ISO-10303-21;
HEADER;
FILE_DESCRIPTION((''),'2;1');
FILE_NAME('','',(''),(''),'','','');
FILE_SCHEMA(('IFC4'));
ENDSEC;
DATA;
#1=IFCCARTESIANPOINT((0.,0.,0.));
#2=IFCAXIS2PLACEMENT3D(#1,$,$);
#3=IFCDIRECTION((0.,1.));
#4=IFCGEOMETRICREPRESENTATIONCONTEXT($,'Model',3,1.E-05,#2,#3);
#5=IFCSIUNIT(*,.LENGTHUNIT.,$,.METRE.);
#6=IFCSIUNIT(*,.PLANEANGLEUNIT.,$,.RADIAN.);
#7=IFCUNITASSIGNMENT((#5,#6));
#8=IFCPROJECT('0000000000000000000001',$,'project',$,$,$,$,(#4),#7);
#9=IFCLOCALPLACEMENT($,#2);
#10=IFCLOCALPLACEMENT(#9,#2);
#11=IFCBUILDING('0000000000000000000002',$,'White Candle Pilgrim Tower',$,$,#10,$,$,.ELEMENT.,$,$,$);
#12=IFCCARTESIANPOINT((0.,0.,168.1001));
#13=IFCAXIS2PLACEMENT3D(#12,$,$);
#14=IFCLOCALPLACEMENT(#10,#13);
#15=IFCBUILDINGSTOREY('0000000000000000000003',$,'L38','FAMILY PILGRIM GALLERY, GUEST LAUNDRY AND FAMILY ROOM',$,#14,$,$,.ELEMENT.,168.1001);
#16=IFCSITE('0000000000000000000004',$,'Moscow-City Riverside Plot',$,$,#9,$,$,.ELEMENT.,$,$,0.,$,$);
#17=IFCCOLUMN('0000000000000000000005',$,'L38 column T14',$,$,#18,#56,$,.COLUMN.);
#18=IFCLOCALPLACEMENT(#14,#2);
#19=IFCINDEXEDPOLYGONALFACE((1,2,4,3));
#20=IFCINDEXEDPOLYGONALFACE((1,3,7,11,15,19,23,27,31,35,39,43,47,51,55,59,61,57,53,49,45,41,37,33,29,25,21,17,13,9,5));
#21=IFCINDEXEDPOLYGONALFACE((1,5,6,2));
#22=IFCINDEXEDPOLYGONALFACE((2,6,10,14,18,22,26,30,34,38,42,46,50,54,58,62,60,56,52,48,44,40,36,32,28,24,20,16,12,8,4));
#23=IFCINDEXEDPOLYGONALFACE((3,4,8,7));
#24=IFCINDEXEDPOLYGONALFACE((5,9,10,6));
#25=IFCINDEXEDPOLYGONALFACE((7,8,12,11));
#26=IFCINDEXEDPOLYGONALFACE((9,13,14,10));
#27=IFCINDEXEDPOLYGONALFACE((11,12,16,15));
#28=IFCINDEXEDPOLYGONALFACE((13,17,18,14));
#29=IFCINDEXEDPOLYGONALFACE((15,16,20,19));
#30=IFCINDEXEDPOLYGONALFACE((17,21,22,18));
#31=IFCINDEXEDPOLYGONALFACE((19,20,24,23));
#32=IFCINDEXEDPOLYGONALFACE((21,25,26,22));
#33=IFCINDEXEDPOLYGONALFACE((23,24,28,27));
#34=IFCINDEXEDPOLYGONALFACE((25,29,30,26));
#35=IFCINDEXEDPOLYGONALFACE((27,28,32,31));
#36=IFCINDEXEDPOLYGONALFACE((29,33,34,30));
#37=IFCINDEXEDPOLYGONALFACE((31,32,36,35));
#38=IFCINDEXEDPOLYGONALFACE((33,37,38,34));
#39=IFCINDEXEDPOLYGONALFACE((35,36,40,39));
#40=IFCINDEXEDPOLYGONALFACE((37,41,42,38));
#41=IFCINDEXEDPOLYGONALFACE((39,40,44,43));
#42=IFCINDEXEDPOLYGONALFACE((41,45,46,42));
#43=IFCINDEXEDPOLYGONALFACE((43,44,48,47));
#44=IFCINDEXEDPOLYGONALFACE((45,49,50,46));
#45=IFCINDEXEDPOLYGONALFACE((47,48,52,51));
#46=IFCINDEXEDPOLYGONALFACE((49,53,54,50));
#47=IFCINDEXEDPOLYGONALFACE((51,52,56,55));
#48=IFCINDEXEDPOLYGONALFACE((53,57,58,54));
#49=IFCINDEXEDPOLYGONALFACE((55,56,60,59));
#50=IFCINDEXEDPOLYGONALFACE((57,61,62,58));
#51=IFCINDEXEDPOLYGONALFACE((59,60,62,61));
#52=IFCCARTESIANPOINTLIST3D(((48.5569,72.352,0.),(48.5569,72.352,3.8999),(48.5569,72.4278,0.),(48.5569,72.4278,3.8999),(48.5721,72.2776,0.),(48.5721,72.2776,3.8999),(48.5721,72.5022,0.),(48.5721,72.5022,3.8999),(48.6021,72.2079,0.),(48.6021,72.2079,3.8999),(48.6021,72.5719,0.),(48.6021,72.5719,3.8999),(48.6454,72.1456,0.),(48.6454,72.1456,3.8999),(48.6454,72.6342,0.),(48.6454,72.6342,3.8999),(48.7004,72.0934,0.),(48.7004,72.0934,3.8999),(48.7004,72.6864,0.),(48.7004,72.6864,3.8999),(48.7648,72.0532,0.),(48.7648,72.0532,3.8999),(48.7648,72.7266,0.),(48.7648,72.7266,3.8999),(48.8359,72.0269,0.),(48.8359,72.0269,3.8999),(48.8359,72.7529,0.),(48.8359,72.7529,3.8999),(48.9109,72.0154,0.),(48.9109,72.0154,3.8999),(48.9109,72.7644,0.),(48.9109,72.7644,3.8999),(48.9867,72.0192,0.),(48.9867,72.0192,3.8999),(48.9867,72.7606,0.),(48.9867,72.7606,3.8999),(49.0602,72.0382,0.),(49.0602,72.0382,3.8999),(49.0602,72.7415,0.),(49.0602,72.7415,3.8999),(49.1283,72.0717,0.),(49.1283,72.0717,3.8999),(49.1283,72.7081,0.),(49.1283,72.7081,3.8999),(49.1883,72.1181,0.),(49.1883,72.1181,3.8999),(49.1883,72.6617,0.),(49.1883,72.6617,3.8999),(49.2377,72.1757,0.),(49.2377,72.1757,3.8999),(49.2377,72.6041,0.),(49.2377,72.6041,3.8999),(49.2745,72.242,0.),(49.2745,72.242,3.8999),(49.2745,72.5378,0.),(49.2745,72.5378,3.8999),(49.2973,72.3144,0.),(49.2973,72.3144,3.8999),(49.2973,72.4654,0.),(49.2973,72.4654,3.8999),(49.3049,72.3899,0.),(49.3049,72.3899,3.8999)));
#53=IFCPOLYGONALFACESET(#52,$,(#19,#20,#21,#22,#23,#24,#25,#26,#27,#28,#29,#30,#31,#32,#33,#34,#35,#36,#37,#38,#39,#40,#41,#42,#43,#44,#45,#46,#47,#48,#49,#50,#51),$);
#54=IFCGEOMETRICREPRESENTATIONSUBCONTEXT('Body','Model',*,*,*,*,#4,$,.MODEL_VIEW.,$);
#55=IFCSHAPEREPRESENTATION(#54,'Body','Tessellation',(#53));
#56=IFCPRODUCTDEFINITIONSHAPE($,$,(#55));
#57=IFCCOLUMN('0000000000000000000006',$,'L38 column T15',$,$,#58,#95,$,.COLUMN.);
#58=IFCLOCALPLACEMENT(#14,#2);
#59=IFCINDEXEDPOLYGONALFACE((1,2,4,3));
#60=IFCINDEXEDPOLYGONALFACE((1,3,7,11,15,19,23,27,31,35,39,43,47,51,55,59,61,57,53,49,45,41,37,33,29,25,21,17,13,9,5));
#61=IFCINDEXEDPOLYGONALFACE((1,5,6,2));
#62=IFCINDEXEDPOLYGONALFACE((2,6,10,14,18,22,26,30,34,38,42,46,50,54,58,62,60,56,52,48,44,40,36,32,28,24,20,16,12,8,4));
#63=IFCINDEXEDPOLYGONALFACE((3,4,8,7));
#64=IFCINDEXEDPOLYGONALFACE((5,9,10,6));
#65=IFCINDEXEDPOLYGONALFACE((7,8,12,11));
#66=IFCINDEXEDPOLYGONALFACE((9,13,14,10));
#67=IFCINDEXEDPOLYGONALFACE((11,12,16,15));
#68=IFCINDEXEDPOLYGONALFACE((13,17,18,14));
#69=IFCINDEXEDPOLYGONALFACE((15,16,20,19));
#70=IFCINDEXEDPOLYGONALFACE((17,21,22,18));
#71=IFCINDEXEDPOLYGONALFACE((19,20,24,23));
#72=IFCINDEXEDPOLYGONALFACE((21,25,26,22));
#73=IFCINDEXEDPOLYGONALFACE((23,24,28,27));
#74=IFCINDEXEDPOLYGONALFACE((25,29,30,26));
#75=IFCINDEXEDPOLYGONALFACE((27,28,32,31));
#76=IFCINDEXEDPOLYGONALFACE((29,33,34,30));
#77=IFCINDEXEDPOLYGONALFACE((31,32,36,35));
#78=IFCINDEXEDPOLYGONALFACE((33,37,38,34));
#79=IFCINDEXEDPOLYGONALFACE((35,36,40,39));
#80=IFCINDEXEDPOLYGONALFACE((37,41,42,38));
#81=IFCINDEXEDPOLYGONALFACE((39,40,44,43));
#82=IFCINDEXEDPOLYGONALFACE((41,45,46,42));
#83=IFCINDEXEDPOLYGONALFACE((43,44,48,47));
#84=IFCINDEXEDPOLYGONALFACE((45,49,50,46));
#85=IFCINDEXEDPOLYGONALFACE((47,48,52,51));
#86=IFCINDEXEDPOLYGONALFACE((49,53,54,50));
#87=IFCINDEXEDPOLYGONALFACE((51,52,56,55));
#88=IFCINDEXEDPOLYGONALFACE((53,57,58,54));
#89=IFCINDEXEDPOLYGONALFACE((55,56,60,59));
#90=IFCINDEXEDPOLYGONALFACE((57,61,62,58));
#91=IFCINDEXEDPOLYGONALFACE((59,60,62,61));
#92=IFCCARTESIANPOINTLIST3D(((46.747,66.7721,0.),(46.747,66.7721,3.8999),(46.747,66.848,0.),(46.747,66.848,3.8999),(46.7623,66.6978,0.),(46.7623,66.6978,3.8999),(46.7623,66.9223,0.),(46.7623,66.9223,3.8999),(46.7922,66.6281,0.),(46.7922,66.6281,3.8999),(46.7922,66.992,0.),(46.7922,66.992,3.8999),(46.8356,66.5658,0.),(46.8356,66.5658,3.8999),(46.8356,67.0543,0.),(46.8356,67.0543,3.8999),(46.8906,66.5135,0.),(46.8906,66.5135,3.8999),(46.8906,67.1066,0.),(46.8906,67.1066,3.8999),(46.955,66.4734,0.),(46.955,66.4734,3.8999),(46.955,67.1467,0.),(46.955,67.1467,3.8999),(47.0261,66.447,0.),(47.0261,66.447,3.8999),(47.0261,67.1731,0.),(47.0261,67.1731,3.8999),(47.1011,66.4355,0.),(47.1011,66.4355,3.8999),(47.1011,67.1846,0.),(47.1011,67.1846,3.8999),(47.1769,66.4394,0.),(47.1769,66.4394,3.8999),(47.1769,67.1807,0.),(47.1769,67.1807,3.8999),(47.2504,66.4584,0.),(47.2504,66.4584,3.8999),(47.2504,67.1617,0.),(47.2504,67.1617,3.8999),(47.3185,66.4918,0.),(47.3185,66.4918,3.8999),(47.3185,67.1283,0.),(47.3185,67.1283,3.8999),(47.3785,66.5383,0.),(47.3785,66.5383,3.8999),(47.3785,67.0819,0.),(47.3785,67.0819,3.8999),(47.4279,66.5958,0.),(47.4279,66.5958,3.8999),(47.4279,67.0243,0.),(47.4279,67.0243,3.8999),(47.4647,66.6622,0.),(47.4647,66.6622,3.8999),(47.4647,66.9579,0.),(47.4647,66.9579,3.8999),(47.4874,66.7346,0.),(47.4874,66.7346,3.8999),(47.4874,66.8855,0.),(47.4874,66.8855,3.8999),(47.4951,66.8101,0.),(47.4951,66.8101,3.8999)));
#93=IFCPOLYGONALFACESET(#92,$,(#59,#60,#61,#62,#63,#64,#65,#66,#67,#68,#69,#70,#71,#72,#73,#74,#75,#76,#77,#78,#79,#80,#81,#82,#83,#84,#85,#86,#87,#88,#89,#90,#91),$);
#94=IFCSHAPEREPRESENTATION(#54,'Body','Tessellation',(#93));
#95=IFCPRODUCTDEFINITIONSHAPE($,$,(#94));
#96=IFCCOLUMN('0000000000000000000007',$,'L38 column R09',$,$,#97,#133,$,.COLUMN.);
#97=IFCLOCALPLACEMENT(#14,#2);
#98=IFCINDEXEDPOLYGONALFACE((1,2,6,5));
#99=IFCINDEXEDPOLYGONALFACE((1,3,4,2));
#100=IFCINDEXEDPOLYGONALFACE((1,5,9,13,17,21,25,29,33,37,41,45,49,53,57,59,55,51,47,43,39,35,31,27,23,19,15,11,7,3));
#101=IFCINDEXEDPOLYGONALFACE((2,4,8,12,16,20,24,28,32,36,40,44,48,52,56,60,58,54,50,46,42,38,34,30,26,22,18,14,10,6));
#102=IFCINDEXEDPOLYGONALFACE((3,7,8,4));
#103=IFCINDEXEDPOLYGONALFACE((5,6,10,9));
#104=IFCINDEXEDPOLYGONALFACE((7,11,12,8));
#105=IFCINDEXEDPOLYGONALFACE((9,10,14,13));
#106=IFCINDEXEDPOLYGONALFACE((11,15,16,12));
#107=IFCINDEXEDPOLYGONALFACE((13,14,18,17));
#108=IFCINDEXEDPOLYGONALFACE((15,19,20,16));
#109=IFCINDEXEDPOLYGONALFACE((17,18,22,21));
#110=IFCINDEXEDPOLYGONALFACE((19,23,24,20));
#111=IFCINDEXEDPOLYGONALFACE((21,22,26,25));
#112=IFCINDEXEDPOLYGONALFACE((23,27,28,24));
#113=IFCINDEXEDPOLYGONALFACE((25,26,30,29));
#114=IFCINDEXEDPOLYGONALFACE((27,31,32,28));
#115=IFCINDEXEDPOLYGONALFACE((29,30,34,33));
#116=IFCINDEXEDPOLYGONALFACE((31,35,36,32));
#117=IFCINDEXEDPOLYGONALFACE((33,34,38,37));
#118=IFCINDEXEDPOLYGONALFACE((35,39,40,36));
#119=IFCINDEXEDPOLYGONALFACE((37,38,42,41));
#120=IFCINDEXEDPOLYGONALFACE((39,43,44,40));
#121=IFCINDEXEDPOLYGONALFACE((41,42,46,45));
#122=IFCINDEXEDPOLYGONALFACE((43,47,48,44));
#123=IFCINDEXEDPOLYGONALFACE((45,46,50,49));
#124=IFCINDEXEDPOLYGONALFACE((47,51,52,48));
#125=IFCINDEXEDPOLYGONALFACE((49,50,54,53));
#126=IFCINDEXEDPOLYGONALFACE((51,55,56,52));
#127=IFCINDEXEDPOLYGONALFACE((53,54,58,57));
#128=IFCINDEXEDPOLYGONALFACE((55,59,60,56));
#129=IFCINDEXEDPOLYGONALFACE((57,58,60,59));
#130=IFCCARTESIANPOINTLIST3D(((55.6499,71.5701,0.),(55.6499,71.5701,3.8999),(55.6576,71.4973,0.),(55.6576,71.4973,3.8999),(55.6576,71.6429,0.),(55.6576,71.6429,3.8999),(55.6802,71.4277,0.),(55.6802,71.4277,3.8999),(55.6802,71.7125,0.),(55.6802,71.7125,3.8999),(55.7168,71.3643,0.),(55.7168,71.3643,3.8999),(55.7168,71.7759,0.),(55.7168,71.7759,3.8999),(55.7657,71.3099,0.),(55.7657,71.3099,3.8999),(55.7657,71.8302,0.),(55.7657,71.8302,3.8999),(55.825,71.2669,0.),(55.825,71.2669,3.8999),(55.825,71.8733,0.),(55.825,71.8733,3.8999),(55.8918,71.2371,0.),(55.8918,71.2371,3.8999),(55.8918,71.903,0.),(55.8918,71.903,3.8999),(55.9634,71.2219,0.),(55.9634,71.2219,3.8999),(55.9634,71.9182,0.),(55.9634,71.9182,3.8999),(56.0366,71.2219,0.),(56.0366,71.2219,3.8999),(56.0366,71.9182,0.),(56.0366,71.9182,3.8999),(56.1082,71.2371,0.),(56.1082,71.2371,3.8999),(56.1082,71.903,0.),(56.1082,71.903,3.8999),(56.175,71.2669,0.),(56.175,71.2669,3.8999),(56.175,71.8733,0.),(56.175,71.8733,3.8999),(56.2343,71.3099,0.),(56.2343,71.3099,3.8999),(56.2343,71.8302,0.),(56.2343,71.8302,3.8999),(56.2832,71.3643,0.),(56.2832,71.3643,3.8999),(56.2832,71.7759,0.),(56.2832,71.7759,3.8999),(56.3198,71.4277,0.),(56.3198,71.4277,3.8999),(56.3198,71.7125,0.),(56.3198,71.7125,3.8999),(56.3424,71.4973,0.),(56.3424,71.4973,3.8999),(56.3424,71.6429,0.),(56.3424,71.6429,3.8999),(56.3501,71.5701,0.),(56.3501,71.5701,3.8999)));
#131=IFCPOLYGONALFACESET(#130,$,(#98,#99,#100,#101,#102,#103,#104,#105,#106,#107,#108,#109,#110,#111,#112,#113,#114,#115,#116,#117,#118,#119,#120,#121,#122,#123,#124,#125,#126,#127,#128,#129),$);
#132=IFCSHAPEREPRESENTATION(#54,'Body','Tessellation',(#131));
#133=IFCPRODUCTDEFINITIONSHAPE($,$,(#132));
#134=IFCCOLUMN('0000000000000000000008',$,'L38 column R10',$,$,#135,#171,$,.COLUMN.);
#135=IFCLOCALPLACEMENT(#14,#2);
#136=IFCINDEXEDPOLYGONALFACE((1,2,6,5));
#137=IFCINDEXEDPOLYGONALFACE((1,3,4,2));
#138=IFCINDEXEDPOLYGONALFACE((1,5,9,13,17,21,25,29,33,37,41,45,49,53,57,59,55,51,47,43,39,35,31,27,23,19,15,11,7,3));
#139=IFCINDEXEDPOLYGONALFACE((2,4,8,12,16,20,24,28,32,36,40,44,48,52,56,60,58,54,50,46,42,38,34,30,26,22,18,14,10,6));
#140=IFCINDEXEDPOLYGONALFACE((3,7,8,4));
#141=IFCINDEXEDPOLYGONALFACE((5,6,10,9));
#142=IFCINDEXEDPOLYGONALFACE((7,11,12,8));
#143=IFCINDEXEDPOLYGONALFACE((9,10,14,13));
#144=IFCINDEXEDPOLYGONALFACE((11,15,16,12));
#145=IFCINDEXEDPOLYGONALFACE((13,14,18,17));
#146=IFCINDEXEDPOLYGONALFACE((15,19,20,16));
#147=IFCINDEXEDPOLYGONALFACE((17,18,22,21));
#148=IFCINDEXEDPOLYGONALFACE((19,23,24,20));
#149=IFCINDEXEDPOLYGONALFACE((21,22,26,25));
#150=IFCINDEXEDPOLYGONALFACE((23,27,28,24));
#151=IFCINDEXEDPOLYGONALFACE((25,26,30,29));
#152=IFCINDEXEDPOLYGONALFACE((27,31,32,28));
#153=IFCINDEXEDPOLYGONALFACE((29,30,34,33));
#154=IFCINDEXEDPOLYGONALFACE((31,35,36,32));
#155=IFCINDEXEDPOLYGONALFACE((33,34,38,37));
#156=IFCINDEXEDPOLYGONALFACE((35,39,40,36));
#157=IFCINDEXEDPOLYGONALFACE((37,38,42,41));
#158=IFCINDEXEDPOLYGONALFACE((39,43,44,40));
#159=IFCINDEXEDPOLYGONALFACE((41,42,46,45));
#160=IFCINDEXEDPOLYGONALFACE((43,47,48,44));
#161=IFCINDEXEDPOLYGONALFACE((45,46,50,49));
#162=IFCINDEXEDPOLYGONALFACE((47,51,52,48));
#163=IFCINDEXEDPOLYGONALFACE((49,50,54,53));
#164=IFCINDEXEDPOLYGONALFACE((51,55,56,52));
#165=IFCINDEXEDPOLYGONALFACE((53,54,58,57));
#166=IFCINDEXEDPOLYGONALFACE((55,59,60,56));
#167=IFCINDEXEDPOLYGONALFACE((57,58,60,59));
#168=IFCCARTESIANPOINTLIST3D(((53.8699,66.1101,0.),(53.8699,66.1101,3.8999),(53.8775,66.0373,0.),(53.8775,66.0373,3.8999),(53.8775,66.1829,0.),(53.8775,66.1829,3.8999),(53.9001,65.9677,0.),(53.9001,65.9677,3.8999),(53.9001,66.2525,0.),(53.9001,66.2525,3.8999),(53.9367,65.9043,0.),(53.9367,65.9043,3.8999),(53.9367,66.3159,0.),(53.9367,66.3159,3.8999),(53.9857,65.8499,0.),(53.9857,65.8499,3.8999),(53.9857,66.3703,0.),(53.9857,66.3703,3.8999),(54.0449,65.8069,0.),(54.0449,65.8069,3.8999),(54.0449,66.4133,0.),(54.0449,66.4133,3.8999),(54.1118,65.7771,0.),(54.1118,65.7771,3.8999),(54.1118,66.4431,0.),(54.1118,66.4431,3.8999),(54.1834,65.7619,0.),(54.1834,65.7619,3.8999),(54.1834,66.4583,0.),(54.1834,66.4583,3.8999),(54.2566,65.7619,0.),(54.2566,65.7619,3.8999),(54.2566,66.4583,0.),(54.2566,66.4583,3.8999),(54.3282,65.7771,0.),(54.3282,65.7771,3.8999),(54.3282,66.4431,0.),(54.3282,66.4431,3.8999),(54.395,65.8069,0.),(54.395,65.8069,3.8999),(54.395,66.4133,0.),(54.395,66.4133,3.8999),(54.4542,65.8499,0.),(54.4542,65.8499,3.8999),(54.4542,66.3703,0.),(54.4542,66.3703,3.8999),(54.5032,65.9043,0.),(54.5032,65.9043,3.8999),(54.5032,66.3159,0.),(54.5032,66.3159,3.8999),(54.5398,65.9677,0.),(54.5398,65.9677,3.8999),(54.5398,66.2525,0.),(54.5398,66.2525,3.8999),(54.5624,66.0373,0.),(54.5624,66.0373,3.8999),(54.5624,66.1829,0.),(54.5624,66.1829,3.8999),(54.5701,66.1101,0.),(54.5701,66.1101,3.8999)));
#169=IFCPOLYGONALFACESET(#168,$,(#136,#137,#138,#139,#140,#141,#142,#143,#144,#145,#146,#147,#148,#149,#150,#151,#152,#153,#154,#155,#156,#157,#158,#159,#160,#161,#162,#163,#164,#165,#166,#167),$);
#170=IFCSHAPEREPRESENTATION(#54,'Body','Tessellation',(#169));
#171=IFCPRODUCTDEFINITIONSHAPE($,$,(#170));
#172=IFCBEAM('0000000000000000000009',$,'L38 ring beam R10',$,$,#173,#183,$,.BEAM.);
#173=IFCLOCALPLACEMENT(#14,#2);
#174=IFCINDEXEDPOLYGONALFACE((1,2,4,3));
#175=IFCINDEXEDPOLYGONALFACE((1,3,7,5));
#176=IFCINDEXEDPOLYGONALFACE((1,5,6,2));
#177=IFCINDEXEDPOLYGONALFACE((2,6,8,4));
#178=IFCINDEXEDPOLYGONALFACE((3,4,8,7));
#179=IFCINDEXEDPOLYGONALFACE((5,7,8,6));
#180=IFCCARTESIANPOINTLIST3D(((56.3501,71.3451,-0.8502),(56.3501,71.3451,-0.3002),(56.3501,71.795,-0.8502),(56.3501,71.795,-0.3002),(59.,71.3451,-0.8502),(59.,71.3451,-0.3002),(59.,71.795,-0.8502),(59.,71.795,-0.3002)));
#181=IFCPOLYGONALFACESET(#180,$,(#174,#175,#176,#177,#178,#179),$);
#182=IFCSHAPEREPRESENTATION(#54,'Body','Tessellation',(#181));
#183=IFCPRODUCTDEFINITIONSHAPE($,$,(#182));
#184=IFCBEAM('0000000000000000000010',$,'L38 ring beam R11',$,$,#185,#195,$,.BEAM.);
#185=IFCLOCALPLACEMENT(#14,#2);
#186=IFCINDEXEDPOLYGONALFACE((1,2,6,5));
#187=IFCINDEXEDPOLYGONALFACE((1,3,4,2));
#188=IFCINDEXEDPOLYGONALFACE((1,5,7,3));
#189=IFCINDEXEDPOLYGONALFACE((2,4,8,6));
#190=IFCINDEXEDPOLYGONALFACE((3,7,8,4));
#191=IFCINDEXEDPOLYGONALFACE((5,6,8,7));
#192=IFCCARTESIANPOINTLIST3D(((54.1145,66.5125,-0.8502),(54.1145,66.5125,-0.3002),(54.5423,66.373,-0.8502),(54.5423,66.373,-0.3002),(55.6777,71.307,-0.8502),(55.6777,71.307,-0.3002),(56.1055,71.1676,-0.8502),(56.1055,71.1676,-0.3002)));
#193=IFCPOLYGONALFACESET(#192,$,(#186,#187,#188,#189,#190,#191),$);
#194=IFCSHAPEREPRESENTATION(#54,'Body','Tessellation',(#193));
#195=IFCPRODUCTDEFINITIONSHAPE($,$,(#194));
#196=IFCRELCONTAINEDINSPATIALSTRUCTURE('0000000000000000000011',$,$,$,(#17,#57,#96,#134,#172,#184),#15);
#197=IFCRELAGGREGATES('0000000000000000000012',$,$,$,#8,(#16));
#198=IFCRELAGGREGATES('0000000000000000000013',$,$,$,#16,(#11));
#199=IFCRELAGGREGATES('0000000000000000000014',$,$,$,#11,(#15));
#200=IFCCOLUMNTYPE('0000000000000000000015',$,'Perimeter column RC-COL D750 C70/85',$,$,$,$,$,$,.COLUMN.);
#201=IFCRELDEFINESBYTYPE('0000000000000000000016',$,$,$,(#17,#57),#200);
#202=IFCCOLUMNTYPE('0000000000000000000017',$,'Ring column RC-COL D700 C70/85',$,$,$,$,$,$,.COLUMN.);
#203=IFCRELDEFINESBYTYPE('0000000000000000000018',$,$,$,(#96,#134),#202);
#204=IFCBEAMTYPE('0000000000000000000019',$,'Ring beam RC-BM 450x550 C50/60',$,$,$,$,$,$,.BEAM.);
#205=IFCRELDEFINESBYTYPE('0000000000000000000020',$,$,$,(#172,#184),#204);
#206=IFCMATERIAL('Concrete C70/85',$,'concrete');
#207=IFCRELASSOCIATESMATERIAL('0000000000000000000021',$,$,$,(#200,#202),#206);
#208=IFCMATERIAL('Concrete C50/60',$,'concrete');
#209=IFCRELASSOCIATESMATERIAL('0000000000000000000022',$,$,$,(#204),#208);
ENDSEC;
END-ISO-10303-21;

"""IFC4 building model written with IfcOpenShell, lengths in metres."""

from ifc_helpers import new_model, si_unit, direction, frame, origin, origin_2d, place, context, subcontext, project, spatial, rectangle, circle, extrude, material, material_profile, profile_set, type_object, element, save


model = new_model("IFC4")

# Units and contexts
model_context = context("Model", 3, precision=1e-05, world=origin(), true_north=direction((0.0, 1.0)))
body_context = subcontext(model_context, "Body", "Model", "MODEL_VIEW")
ifc_project = project(units=[si_unit("LENGTHUNIT", "METRE"), si_unit("PLANEANGLEUNIT", "RADIAN")], contexts=[model_context])

# Site, building, storey
site_placement = place(None, origin())
site = spatial("IfcSite", under=ifc_project, at=site_placement, Name="Moscow-City Riverside Plot", CompositionType="ELEMENT", RefElevation=0.0)
building_placement = place(site_placement, origin())
building = spatial("IfcBuilding", under=site, at=building_placement, Name="White Candle Pilgrim Tower", CompositionType="ELEMENT")
storey_placement = place(building_placement, frame((0.0, 0.0, 168.1001)))
storey = spatial("IfcBuildingStorey", under=building, at=storey_placement, Name="L38", Description="FAMILY PILGRIM GALLERY, GUEST LAUNDRY AND FAMILY ROOM", CompositionType="ELEMENT", Elevation=168.1001)

# Columns
ifc_material_1 = material(Name="Concrete C70/85", Category="concrete")
ifc_material_profile_1 = material_profile(ifc_material_1, circle(Radius=0.375, at=origin_2d()), Name="RC-COL D750")
ifc_profile_set_1 = profile_set([ifc_material_profile_1], Name="Concrete C70/85")
column_type_1 = type_object("IfcColumnType", Name="Perimeter column RC-COL D750 C70/85", PredefinedType="COLUMN", material=ifc_profile_set_1)
for number, where, z_axis, x_axis, name in (
    (1, (48.9299, 72.3899, 0.0), (0.0, 0.0, 1.0), (1.0, 0.0, 0.0), "L38 column T14"),
    (2, (47.1201, 66.8101, 0.0), (0.0, 0.0, 1.0), (1.0, 0.0, 0.0), "L38 column T15"),
):
    element("IfcColumn", number, at=place(storey_placement, frame(where, z_axis=z_axis, x_axis=x_axis)), inside=storey, type_object=column_type_1, Name=name, PredefinedType="COLUMN", context=body_context, shape_type="SweptSolid", body=[
        extrude(circle(Radius=0.375, at=origin_2d()), origin(), (0.0, 0.0, 1.0), 3.8999),
    ])
ifc_material_profile_2 = material_profile(ifc_material_1, circle(Radius=0.3501, at=origin_2d()), Name="RC-COL D700")
ifc_profile_set_2 = profile_set([ifc_material_profile_2], Name="Concrete C70/85")
column_type_2 = type_object("IfcColumnType", Name="Ring column RC-COL D700 C70/85", PredefinedType="COLUMN", material=ifc_profile_set_2)
for number, where, z_axis, x_axis, name in (
    (3, (56.0, 71.5701, 0.0), (0.0, 0.0, 1.0), (1.0, 0.0, 0.0), "L38 column R09"),
    (4, (54.22, 66.1101, 0.0), (0.0, 0.0, 1.0), (1.0, 0.0, 0.0), "L38 column R10"),
):
    element("IfcColumn", number, at=place(storey_placement, frame(where, z_axis=z_axis, x_axis=x_axis)), inside=storey, type_object=column_type_2, Name=name, PredefinedType="COLUMN", context=body_context, shape_type="SweptSolid", body=[
        extrude(circle(Radius=0.3501, at=origin_2d()), origin(), (0.0, 0.0, 1.0), 3.8999),
    ])

# Beams
ifc_material_2 = material(Name="Concrete C50/60", Category="concrete")
ifc_material_profile_3 = material_profile(ifc_material_2, rectangle(XDim=0.45, YDim=0.55, at=origin_2d()), Name="RC-BM 450x550")
ifc_profile_set_3 = profile_set([ifc_material_profile_3], Name="Concrete C50/60")
beam_type_1 = type_object("IfcBeamType", Name="Ring beam RC-BM 450x550 C50/60", PredefinedType="BEAM", material=ifc_profile_set_3)
beam_1_placement = place(storey_placement, frame((56.3501, 71.5701, -0.5752), z_axis=(1.0, 0.0, 0.0), x_axis=(0.0, 1.0, 0.0)))
element("IfcBeam", 5, at=beam_1_placement, inside=storey, type_object=beam_type_1, Name="L38 ring beam R10", PredefinedType="BEAM", context=body_context, shape_type="SweptSolid", body=[
    extrude(rectangle(XDim=0.45, YDim=0.55, at=origin_2d()), origin(), (0.0, 0.0, 1.0), 2.6499),
])
beam_2_placement = place(storey_placement, frame((55.8916, 71.2373, -0.5752), z_axis=(-0.309976, -0.950744, 0.0), x_axis=(0.950744, -0.309976, 0.0)))
element("IfcBeam", 6, at=beam_2_placement, inside=storey, type_object=beam_type_1, Name="L38 ring beam R11", PredefinedType="BEAM", context=body_context, shape_type="SweptSolid", body=[
    extrude(rectangle(XDim=0.45, YDim=0.55, at=origin_2d()), origin(), (0.0, 0.0, 1.0), 5.043),
])

save(model, "model.ifc")
